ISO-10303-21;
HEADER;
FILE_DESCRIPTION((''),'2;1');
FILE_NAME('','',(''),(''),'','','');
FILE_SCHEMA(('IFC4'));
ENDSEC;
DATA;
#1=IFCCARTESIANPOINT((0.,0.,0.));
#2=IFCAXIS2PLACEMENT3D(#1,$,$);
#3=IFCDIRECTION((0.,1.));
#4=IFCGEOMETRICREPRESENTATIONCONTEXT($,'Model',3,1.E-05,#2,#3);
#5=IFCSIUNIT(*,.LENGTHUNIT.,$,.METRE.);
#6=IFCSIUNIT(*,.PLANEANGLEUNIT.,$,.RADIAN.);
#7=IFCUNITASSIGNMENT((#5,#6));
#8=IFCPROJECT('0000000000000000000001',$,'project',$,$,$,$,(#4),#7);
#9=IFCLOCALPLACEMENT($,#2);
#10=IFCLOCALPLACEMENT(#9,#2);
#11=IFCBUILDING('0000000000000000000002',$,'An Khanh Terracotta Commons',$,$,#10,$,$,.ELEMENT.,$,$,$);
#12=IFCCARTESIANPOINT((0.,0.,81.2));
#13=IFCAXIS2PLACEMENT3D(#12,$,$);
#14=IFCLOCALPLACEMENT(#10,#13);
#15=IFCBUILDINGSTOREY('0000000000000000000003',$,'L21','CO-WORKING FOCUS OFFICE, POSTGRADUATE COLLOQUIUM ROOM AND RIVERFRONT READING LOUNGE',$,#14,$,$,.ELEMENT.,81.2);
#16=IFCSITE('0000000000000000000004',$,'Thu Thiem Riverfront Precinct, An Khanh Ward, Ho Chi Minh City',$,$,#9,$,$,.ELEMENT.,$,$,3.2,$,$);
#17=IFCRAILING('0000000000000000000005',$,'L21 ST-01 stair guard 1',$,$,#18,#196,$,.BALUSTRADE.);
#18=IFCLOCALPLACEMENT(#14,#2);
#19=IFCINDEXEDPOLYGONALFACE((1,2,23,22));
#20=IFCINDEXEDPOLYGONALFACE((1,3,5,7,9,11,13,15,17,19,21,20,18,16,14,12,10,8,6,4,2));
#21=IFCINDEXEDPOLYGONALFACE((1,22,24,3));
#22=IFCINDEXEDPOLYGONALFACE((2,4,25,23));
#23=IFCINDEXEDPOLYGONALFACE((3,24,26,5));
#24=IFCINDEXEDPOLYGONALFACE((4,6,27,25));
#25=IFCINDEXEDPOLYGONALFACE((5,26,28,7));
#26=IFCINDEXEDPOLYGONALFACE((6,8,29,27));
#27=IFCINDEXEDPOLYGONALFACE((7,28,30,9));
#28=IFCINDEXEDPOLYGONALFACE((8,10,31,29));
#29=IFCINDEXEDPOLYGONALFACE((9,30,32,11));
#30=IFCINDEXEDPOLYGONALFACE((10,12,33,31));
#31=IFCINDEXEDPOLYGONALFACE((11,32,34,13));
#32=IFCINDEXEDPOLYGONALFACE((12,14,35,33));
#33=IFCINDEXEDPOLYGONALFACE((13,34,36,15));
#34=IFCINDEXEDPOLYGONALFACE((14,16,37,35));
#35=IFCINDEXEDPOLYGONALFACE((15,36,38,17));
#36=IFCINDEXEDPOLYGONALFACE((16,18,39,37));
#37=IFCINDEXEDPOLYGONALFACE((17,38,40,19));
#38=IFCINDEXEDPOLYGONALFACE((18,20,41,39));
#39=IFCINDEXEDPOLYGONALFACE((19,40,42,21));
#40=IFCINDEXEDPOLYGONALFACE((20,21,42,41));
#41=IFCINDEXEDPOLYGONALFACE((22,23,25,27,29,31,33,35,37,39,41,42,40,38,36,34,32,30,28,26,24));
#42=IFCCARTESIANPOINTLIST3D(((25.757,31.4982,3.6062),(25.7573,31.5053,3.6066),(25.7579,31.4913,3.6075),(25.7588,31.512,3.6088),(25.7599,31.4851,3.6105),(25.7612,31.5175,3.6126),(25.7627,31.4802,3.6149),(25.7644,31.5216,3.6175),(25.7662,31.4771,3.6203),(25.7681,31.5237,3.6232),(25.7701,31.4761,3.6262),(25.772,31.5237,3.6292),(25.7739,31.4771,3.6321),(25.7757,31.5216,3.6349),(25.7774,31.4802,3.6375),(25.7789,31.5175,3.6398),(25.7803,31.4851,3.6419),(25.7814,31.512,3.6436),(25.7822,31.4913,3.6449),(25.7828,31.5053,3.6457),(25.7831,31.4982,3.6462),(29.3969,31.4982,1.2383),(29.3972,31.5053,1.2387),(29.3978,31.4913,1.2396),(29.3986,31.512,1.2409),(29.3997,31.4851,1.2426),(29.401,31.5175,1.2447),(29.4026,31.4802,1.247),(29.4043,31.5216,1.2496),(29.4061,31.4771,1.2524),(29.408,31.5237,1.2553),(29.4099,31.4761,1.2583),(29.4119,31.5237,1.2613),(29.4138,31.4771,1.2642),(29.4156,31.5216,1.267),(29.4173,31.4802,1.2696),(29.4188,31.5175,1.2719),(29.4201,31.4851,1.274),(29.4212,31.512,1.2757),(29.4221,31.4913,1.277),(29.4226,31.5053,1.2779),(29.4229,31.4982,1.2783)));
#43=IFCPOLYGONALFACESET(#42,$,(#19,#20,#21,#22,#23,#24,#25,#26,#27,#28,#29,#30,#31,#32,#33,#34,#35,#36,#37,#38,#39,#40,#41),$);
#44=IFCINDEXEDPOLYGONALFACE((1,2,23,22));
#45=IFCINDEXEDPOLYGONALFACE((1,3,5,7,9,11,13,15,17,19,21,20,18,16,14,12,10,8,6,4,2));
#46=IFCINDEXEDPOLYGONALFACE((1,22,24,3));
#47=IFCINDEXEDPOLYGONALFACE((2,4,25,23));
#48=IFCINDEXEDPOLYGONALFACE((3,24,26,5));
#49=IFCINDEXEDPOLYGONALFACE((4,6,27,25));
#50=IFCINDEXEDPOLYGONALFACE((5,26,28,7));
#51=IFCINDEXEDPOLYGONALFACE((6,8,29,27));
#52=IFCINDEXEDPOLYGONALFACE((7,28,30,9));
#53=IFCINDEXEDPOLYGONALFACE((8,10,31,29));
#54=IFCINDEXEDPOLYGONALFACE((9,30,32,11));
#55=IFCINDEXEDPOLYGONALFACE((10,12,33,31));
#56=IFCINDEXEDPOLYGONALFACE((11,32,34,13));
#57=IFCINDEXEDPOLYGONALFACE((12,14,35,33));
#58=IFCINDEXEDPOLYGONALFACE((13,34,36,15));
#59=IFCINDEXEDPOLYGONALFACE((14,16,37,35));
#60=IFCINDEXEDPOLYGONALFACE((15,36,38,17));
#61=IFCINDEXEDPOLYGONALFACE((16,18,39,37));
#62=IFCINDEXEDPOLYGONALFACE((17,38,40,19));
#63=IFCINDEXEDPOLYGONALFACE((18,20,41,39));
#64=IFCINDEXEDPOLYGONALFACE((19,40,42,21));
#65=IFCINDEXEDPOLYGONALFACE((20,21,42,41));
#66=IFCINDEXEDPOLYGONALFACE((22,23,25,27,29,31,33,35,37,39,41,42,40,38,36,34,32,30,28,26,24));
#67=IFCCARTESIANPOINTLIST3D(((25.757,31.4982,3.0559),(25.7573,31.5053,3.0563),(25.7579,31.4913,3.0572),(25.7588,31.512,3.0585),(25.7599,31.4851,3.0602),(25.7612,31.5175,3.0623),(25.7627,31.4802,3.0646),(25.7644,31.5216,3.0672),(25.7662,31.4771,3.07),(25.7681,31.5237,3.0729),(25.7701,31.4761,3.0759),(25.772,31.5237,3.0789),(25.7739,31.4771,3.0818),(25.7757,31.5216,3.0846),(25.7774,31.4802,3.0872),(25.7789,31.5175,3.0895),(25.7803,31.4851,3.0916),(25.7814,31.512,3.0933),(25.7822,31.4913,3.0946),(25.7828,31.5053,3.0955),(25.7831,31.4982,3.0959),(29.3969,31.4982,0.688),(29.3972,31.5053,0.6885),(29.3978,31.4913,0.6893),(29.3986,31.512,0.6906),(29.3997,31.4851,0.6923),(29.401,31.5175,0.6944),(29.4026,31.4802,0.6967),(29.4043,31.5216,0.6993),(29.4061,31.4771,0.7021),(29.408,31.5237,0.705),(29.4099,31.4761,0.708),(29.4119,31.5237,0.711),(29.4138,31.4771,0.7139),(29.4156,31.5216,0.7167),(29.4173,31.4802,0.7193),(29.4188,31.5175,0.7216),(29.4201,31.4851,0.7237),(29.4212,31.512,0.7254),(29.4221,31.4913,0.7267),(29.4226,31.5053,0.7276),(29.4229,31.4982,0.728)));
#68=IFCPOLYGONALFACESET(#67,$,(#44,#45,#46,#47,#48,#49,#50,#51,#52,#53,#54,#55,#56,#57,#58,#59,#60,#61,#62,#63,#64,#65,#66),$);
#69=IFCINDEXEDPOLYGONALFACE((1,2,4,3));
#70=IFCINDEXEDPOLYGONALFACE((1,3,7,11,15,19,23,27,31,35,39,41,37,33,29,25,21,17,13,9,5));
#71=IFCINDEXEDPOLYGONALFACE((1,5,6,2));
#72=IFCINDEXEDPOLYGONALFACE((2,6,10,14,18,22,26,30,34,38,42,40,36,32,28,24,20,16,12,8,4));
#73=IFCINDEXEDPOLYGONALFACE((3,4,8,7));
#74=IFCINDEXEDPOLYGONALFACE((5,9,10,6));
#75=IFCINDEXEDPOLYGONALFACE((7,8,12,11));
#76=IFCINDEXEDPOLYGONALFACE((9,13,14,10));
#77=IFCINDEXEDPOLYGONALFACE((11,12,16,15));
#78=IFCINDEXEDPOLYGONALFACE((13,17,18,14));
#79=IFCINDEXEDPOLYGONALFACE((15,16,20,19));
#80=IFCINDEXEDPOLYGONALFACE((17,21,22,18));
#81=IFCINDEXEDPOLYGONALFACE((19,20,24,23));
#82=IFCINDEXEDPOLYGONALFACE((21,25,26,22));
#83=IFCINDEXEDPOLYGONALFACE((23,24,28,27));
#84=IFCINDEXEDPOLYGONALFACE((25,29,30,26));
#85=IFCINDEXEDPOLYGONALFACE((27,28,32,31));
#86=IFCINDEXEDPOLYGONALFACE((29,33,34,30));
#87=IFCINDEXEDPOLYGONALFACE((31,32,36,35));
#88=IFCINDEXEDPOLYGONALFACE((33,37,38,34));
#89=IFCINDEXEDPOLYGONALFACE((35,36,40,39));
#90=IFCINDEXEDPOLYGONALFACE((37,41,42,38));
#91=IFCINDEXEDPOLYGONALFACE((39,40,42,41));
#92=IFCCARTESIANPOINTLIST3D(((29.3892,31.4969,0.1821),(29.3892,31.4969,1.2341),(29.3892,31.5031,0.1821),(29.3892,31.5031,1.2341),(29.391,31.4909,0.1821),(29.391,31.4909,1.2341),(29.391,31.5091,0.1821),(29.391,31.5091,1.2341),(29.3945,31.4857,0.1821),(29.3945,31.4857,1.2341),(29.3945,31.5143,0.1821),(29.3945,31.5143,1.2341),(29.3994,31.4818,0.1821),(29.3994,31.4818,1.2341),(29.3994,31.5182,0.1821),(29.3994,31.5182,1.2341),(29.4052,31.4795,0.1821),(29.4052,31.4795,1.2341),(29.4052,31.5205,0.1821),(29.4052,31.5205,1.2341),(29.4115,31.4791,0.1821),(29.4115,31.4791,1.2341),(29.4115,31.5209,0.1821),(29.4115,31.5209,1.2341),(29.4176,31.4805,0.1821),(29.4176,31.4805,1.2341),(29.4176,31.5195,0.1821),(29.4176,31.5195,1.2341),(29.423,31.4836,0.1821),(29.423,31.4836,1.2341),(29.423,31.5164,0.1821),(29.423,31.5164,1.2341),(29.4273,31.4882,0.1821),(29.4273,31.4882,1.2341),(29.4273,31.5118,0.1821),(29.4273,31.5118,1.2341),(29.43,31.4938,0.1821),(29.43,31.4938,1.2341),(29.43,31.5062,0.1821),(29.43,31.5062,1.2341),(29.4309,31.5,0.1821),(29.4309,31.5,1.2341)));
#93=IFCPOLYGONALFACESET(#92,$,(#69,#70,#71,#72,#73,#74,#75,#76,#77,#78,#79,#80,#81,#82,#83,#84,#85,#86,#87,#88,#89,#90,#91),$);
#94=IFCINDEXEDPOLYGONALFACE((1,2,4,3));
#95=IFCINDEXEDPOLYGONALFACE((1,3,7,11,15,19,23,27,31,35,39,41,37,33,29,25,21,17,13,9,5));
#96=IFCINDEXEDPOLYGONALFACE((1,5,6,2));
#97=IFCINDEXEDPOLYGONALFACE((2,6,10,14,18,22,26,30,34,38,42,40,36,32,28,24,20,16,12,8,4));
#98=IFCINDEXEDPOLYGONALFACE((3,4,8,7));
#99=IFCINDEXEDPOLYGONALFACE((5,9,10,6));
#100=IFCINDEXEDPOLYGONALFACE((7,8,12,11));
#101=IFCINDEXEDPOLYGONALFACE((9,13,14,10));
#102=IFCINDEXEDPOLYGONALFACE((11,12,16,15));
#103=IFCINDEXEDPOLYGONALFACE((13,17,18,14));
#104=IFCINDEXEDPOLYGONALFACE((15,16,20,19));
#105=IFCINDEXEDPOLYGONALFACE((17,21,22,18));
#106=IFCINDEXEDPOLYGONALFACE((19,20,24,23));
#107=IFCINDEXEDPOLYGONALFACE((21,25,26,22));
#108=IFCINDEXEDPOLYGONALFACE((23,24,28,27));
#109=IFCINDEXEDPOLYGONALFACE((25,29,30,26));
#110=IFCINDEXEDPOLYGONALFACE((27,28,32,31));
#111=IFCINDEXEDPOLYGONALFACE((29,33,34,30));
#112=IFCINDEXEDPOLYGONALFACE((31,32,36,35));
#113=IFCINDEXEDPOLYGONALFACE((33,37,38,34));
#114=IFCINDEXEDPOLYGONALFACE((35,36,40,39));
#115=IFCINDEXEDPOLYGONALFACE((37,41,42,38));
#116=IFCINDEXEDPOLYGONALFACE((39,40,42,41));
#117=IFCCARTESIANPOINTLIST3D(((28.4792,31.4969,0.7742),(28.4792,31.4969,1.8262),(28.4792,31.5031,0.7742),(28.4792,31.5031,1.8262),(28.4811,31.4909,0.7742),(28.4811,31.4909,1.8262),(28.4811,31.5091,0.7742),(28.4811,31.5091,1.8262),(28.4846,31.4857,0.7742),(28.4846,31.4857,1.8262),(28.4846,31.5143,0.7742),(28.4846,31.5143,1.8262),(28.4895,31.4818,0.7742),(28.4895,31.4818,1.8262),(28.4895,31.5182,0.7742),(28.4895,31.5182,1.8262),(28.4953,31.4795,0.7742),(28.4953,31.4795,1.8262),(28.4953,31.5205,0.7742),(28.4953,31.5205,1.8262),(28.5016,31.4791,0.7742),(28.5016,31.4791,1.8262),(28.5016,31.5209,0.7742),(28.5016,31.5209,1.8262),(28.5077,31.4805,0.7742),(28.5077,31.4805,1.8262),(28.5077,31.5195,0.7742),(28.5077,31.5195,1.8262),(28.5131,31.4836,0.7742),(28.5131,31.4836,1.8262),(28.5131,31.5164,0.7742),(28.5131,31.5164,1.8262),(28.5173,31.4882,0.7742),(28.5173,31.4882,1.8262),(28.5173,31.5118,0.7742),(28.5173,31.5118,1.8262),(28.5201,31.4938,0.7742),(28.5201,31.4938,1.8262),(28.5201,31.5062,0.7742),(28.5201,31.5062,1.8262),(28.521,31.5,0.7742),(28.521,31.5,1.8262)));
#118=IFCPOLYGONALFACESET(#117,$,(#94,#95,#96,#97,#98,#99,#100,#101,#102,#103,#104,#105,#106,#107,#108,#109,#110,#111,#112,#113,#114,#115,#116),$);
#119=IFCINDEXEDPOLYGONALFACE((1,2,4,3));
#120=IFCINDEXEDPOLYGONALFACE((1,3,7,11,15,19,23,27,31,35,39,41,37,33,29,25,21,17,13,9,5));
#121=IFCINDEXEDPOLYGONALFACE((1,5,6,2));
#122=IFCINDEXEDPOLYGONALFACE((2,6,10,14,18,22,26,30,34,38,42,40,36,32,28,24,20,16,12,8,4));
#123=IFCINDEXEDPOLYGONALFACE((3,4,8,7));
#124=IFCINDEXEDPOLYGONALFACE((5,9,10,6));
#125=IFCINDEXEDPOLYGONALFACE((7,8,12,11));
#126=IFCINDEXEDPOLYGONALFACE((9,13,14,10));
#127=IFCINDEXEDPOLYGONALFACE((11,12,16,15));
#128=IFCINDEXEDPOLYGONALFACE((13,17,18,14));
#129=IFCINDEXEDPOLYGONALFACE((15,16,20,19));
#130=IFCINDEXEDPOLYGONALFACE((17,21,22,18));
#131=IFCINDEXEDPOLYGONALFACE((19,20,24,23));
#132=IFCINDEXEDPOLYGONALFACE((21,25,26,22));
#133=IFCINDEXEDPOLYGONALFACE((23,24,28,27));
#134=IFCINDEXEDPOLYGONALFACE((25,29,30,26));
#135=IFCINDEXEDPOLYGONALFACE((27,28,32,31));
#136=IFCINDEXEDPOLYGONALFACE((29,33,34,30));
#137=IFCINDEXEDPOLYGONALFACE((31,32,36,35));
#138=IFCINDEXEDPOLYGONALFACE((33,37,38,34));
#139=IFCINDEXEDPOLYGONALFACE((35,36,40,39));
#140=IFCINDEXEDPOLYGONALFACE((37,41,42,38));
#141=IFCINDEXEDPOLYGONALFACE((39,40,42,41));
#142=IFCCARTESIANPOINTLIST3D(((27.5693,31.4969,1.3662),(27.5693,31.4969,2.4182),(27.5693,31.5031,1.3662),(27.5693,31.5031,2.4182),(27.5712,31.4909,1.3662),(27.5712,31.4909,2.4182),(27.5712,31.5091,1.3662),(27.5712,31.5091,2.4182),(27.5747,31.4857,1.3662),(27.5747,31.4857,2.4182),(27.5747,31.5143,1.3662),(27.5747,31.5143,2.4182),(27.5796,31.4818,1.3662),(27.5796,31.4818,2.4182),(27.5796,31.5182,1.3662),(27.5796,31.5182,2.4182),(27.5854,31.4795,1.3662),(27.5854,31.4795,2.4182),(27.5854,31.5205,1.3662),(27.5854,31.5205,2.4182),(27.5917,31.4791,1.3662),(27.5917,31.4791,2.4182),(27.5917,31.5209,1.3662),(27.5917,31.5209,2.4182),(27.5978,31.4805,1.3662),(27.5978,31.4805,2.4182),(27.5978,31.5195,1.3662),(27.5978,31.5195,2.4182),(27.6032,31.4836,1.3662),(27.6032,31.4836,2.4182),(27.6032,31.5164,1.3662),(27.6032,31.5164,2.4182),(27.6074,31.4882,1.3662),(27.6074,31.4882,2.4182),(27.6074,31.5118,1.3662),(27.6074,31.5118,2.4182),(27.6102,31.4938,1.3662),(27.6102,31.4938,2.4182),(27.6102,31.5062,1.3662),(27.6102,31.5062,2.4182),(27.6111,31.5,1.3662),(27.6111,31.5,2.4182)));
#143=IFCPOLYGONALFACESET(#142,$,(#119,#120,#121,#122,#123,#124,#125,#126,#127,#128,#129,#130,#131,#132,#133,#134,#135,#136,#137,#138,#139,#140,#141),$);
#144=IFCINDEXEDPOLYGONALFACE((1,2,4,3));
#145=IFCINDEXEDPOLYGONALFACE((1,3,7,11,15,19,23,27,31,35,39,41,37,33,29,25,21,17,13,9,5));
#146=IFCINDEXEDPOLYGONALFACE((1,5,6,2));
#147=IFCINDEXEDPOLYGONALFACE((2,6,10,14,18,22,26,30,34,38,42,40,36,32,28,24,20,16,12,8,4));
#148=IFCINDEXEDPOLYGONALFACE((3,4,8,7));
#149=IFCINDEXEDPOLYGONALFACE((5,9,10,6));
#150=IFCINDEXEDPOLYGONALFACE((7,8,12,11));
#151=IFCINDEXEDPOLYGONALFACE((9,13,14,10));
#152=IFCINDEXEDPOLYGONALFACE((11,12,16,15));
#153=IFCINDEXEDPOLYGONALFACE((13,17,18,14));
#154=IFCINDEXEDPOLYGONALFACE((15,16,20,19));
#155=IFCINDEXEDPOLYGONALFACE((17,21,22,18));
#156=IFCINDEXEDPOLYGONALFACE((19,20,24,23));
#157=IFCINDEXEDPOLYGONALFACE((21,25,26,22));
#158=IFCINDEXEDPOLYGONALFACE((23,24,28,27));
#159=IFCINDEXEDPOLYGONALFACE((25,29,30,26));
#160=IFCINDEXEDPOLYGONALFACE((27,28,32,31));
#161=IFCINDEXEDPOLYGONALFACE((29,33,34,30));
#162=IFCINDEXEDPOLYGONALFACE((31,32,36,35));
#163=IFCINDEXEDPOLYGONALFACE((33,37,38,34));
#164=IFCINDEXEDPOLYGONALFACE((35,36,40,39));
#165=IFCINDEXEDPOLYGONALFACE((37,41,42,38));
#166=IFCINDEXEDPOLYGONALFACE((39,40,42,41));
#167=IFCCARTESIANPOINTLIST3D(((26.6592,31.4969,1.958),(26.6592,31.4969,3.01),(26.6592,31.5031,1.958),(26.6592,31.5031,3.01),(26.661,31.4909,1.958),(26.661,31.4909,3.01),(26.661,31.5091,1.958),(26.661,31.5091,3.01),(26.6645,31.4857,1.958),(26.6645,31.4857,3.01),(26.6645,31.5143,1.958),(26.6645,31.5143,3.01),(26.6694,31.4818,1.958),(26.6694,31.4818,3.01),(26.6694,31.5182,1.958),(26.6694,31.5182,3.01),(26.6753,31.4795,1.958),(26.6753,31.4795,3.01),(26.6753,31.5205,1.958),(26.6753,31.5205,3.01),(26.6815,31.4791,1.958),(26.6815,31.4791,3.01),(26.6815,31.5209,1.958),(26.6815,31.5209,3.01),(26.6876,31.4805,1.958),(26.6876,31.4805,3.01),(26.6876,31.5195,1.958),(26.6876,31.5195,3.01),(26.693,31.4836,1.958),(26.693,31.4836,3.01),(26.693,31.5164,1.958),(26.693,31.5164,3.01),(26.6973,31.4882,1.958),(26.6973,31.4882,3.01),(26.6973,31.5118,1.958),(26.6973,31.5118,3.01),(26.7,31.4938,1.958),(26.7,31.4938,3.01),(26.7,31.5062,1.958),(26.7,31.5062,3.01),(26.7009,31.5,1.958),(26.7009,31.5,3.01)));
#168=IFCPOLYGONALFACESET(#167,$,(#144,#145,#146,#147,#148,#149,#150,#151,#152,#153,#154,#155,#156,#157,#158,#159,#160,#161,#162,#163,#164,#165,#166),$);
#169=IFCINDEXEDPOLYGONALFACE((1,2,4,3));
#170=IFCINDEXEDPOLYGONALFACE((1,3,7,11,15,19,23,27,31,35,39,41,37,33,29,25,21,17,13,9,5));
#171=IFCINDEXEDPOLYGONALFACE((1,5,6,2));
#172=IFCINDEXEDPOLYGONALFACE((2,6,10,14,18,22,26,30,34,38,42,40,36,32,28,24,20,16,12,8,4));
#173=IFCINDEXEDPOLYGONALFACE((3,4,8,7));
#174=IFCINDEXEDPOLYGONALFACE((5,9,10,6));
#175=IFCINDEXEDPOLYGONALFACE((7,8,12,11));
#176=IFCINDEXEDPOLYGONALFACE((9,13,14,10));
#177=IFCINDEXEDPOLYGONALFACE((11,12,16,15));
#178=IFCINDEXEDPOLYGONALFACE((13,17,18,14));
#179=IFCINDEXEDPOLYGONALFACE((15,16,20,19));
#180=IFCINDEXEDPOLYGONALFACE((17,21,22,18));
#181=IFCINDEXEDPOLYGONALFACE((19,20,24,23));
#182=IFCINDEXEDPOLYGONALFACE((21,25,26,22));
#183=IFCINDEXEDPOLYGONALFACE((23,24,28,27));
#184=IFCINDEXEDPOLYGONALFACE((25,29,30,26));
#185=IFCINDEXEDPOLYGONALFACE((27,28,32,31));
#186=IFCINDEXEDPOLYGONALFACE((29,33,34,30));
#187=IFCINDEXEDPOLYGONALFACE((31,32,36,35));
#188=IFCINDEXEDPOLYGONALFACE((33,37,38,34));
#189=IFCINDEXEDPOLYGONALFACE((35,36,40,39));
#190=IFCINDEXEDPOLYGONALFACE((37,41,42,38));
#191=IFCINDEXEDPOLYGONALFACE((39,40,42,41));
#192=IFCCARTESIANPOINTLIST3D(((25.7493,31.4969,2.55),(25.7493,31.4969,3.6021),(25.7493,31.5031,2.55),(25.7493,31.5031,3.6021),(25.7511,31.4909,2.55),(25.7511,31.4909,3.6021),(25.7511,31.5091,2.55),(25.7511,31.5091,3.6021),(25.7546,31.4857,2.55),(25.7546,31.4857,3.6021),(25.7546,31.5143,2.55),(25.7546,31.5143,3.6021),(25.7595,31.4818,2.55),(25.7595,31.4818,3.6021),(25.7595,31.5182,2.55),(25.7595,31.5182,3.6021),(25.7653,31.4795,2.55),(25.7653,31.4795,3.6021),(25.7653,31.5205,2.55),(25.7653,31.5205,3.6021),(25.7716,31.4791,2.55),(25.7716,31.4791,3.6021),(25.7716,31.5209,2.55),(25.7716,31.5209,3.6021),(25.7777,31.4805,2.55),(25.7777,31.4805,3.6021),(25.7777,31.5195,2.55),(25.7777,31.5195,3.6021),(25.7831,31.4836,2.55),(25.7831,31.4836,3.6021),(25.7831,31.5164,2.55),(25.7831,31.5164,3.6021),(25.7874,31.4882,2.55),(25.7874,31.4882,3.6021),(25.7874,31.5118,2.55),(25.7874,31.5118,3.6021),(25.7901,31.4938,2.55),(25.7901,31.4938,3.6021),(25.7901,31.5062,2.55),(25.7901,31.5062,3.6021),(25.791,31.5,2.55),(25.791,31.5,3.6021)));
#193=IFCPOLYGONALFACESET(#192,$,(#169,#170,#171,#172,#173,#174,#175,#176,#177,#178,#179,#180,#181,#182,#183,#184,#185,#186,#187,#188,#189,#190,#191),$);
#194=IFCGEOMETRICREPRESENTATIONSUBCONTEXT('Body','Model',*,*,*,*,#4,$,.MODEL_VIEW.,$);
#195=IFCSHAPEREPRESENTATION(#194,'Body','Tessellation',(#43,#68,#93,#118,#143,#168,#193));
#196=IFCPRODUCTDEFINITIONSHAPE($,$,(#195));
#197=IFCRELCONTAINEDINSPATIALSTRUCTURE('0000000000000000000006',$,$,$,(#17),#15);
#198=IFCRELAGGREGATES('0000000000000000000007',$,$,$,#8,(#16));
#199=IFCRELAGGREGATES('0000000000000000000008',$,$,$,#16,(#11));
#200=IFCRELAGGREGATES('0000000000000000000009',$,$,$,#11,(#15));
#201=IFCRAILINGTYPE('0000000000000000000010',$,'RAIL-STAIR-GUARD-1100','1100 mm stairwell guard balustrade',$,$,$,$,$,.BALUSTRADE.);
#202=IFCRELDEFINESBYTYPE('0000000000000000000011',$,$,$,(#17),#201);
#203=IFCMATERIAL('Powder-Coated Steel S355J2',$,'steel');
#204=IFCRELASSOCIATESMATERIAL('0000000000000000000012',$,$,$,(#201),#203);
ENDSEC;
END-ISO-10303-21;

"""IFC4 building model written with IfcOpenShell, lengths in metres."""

from ifc_helpers import new_model, si_unit, direction, frame, origin, origin_2d, place, context, subcontext, project, spatial, circle, extrude, material, type_object, element, save


model = new_model("IFC4")

# Units and contexts
model_context = context("Model", 3, precision=1e-05, world=origin(), true_north=direction((0.0, 1.0)))
body_context = subcontext(model_context, "Body", "Model", "MODEL_VIEW")
ifc_project = project(units=[si_unit("LENGTHUNIT", "METRE"), si_unit("PLANEANGLEUNIT", "RADIAN")], contexts=[model_context])

# Site, building, storey
site_placement = place(None, origin())
site = spatial("IfcSite", under=ifc_project, at=site_placement, Name="Thu Thiem Riverfront Precinct, An Khanh Ward, Ho Chi Minh City", CompositionType="ELEMENT", RefElevation=3.2)
building_placement = place(site_placement, origin())
building = spatial("IfcBuilding", under=site, at=building_placement, Name="An Khanh Terracotta Commons", CompositionType="ELEMENT")
storey_placement = place(building_placement, frame((0.0, 0.0, 81.2)))
storey = spatial("IfcBuildingStorey", under=building, at=storey_placement, Name="L21", Description="CO-WORKING FOCUS OFFICE, POSTGRADUATE COLLOQUIUM ROOM AND RIVERFRONT READING LOUNGE", CompositionType="ELEMENT", Elevation=81.2)

# Railing
ifc_material_1 = material(Name="Powder-Coated Steel S355J2", Category="steel")
railing_type_1 = type_object("IfcRailingType", Name="RAIL-STAIR-GUARD-1100", Description="1100 mm stairwell guard balustrade", PredefinedType="BALUSTRADE", material=ifc_material_1)
railing_1_placement = place(storey_placement, frame((29.4099, 31.5, 0.1821)))
element("IfcRailing", 1, at=railing_1_placement, inside=storey, type_object=railing_type_1, Name="L21 ST-01 stair guard 1", PredefinedType="BALUSTRADE", context=body_context, shape_type="SweptSolid", body=[
    extrude(circle(Radius=0.0239, at=origin_2d()), frame((0.0, 0.0, 1.0762), z_axis=(-0.838234, 0.0, 0.54531), x_axis=(0.0, -1.0, 0.0)), (0.0, 0.0, 1.0), 4.3423),
    extrude(circle(Radius=0.0239, at=origin_2d()), frame((0.0, 0.0, 0.5259), z_axis=(-0.838234, 0.0, 0.54531), x_axis=(0.0, -1.0, 0.0)), (0.0, 0.0, 1.0), 4.3423),
    extrude(circle(Radius=0.021, at=origin_2d()), origin(), (0.0, 0.0, 1.0), 1.052),
    extrude(circle(Radius=0.021, at=origin_2d()), frame((-0.9099, 0.0, 0.592)), (0.0, 0.0, 1.0), 1.052),
    extrude(circle(Radius=0.021, at=origin_2d()), frame((-1.8198, 0.0, 1.1841)), (0.0, 0.0, 1.0), 1.052),
    extrude(circle(Radius=0.021, at=origin_2d()), frame((-2.73, 0.0, 1.7759)), (0.0, 0.0, 1.0), 1.052),
    extrude(circle(Radius=0.021, at=origin_2d()), frame((-3.6399, 0.0, 2.3679)), (0.0, 0.0, 1.0), 1.052),
])

save(model, "model.ifc")
